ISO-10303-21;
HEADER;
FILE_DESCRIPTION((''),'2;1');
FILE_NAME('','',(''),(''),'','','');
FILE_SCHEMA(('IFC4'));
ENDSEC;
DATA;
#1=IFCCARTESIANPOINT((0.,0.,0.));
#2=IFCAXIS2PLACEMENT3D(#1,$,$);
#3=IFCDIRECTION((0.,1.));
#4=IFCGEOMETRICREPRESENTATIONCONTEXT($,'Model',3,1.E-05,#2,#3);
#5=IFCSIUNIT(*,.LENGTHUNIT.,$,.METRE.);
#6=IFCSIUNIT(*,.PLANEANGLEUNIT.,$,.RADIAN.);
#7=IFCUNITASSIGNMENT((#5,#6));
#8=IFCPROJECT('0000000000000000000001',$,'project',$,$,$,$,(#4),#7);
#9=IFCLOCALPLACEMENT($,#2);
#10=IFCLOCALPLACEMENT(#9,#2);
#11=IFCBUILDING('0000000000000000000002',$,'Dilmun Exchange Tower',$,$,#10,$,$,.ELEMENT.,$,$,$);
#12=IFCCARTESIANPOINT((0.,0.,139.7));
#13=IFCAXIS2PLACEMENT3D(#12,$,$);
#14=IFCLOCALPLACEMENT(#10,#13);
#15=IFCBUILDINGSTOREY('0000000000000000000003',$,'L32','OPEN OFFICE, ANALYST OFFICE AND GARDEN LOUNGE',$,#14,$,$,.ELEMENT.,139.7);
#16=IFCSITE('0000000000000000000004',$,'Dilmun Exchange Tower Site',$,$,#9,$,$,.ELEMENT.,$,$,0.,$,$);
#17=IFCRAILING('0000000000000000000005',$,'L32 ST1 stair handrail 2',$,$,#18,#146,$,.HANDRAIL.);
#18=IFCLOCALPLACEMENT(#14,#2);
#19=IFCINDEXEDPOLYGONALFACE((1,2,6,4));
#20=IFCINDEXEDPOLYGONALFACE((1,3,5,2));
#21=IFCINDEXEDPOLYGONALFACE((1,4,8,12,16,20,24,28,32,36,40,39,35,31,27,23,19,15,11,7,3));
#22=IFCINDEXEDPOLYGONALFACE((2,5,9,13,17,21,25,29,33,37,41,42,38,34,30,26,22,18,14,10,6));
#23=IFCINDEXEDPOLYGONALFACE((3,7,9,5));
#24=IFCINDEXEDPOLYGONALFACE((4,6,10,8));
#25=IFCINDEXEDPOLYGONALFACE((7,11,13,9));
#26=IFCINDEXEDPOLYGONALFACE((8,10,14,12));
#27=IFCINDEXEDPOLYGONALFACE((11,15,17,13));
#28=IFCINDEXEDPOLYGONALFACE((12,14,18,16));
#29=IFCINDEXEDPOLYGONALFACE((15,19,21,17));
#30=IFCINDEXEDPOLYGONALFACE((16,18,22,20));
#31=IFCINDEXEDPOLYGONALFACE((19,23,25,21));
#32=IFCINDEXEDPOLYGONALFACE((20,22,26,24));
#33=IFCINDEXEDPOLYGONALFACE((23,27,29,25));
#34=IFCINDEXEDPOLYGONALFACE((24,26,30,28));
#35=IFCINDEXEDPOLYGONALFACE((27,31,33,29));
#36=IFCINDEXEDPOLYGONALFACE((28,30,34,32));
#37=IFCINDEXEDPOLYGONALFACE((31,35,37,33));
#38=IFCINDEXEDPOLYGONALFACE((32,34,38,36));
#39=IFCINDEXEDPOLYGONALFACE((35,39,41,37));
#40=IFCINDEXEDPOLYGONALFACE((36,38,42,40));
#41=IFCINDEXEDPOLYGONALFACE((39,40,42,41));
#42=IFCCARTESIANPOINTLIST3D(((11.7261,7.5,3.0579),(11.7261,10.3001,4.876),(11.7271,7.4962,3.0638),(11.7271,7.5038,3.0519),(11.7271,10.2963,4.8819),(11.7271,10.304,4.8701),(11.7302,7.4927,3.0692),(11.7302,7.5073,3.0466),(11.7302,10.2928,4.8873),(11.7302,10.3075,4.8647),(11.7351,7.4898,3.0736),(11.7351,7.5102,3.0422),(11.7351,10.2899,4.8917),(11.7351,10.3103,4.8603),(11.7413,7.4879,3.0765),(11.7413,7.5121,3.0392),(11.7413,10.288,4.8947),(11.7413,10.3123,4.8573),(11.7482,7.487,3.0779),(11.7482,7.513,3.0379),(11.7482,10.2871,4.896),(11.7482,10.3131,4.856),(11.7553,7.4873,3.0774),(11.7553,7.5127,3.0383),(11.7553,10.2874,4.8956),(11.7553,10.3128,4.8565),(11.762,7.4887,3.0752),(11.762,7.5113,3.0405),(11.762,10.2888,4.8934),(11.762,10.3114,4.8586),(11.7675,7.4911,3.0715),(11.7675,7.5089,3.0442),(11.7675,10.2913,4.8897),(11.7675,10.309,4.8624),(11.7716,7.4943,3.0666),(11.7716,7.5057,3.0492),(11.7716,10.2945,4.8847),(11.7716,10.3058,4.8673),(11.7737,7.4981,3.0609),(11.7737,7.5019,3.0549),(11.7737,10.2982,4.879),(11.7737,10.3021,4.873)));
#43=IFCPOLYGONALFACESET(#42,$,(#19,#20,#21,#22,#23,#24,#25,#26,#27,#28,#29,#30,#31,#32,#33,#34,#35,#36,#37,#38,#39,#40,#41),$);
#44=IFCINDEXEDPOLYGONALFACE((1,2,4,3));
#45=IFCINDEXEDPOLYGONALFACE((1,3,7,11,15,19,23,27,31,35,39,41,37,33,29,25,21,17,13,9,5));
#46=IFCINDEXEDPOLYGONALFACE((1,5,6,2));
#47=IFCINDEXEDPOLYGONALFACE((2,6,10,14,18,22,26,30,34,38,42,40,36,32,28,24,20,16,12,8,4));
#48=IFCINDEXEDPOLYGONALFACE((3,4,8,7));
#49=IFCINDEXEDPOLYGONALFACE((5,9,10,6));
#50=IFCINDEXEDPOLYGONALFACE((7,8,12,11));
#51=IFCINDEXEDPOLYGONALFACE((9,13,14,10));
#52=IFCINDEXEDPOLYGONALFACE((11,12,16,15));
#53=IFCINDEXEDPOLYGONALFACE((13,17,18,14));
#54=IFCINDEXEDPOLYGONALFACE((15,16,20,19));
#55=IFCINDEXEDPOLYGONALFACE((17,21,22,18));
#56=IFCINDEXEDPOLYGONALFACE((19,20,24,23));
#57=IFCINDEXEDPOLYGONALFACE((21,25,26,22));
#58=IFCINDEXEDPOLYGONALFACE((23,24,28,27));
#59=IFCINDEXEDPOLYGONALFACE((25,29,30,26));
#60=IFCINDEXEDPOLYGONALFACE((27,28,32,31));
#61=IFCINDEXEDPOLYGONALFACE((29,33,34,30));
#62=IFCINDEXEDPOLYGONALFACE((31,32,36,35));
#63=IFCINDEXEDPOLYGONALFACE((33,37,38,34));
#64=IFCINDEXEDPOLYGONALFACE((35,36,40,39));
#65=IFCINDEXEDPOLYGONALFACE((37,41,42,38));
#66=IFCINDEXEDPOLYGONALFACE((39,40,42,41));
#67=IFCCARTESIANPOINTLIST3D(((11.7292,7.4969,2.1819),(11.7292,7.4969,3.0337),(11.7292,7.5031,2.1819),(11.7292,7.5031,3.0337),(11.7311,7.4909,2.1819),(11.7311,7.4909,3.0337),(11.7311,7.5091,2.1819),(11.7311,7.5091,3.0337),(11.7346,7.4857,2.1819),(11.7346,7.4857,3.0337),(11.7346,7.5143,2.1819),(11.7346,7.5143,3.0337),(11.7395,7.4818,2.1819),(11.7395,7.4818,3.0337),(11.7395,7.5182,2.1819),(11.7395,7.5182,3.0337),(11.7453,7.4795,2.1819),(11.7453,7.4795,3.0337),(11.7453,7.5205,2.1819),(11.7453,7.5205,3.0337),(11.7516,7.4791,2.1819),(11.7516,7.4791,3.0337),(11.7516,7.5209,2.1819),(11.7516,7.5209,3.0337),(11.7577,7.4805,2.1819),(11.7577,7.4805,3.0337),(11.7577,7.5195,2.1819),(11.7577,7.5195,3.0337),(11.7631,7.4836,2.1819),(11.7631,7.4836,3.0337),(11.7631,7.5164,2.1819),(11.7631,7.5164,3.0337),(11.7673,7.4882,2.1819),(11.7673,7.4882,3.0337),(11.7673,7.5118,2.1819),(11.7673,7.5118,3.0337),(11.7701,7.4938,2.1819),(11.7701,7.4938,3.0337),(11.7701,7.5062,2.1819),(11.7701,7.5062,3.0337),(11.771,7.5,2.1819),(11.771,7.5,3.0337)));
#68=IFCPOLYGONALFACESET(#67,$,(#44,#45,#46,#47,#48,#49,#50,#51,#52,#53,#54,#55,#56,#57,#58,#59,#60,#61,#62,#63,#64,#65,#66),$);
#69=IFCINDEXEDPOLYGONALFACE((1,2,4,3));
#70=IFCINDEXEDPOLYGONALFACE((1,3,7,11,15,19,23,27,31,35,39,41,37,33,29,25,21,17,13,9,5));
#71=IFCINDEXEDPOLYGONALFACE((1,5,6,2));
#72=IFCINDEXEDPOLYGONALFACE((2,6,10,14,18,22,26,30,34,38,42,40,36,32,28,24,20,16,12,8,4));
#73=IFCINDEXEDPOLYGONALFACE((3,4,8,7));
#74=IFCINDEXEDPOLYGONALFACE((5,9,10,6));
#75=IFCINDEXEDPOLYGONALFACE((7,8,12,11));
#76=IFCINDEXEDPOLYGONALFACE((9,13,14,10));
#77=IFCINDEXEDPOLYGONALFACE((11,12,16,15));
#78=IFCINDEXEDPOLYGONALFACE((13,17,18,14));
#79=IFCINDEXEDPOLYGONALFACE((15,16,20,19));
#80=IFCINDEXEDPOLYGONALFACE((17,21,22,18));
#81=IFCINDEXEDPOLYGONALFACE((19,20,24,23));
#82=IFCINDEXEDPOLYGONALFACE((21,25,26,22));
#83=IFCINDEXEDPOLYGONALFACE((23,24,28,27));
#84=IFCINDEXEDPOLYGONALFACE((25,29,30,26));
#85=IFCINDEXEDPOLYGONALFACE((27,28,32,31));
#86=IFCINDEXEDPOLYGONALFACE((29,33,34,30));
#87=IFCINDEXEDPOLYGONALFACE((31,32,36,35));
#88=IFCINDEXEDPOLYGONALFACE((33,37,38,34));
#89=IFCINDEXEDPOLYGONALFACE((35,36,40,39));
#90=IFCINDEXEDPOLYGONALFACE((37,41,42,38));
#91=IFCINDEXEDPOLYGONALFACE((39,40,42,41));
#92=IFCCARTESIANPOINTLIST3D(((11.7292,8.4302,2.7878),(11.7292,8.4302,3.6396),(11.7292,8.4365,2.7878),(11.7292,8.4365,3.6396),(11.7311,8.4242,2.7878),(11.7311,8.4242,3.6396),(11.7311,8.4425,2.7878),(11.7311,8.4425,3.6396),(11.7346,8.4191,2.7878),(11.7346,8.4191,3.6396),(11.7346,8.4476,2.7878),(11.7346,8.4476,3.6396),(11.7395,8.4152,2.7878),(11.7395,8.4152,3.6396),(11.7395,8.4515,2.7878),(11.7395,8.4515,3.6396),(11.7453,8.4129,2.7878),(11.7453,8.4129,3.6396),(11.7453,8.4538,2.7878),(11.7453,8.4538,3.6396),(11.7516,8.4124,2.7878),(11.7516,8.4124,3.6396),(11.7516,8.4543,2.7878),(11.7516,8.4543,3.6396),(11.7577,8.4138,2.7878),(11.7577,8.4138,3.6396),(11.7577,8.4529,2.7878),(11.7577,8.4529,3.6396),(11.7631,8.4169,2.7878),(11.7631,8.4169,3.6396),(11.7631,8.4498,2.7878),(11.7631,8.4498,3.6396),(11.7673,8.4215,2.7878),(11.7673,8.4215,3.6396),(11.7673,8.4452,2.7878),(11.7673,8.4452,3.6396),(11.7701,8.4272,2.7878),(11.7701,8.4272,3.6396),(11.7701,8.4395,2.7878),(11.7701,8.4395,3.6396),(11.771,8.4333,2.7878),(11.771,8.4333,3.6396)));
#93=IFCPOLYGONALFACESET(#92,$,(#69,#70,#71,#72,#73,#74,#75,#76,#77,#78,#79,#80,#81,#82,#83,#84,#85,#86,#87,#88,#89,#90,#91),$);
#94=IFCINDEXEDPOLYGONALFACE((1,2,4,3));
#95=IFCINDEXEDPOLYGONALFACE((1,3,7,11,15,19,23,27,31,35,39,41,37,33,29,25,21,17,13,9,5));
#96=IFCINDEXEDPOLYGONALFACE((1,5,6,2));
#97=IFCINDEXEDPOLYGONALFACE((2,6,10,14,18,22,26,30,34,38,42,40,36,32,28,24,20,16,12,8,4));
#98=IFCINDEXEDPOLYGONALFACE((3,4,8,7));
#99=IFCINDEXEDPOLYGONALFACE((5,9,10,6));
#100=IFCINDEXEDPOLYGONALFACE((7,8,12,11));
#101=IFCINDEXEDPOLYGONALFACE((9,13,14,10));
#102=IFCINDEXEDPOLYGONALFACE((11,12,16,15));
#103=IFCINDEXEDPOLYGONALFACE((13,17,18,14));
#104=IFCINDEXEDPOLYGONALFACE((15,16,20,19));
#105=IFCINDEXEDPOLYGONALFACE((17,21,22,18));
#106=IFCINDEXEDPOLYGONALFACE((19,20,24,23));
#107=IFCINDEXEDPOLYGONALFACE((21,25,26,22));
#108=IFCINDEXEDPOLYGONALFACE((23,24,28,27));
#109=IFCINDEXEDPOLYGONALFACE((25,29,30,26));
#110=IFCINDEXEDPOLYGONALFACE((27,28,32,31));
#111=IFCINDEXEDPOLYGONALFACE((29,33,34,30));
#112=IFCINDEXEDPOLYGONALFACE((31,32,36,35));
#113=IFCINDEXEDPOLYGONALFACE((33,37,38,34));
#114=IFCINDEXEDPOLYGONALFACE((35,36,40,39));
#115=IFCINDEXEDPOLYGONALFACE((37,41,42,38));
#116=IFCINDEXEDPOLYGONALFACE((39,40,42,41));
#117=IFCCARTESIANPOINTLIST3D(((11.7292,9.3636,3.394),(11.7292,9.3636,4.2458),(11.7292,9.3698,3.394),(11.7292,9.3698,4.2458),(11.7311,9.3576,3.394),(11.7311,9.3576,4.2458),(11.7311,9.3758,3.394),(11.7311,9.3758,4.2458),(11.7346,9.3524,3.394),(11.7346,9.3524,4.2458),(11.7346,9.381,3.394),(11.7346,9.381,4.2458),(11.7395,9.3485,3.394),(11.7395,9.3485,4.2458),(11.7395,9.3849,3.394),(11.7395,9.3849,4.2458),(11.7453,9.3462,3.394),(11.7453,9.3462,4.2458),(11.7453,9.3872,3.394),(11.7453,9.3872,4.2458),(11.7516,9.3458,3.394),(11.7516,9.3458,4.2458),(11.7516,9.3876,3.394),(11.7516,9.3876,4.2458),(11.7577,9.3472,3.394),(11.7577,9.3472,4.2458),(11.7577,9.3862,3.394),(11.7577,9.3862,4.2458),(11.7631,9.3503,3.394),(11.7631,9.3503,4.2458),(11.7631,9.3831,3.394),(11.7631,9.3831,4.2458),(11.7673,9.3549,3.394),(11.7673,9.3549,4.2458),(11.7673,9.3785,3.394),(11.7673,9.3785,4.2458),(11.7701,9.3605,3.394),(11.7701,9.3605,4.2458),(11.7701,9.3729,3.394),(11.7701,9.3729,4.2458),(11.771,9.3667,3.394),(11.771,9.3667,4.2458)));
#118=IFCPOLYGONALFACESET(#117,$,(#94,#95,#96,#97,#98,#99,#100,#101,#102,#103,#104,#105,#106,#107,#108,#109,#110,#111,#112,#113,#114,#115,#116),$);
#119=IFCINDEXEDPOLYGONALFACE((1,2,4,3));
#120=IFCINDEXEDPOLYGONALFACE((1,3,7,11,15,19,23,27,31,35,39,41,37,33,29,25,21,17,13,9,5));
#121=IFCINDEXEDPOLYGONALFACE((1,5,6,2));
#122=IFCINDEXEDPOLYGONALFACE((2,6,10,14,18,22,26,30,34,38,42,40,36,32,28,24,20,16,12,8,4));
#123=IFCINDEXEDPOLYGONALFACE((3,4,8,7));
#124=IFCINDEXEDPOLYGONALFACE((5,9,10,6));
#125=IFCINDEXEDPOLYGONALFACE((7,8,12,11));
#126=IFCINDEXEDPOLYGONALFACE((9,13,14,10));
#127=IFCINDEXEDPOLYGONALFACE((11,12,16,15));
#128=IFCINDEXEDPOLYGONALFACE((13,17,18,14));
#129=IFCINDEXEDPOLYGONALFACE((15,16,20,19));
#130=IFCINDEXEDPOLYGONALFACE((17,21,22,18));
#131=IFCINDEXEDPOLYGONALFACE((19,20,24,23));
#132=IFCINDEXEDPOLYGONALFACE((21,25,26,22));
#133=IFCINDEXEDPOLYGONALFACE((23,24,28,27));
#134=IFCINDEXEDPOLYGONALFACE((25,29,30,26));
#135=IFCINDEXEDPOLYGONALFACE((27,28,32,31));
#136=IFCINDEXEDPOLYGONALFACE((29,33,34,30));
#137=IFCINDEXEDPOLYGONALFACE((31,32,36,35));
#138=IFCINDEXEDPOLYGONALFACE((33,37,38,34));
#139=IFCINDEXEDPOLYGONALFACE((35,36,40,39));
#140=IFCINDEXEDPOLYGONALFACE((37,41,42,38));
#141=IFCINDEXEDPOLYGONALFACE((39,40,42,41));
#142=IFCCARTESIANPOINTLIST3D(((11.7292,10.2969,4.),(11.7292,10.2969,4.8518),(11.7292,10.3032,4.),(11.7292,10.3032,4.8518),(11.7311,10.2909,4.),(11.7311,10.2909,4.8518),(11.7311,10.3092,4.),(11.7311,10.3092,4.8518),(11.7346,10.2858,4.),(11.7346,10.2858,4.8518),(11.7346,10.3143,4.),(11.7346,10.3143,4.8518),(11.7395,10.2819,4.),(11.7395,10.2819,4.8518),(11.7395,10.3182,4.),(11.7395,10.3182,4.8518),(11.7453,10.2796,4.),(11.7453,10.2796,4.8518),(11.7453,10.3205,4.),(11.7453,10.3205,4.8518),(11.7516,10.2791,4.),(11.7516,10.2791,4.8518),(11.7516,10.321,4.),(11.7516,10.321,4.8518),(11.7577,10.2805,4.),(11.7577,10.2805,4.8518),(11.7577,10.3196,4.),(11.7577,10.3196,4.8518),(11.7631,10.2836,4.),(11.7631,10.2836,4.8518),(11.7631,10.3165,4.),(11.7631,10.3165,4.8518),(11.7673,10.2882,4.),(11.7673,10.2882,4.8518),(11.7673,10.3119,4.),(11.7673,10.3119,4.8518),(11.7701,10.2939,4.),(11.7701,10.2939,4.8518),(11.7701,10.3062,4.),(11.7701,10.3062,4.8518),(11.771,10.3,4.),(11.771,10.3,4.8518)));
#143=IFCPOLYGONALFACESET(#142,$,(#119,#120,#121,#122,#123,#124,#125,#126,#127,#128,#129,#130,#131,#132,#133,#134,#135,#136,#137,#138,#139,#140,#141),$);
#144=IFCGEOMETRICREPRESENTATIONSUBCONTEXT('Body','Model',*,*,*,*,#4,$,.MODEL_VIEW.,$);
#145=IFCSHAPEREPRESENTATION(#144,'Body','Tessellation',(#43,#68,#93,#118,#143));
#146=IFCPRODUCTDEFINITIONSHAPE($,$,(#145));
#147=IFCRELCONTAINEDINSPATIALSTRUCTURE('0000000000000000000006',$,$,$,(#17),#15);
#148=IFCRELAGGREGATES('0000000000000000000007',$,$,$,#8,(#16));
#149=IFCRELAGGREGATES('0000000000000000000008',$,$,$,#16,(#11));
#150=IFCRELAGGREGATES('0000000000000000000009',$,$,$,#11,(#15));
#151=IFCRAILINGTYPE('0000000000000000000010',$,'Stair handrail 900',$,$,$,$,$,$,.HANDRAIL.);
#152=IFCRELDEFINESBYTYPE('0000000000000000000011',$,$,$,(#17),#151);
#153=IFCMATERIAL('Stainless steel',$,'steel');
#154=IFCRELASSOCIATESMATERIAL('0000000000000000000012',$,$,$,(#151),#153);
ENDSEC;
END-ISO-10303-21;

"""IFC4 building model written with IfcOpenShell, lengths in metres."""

from ifc_helpers import new_model, si_unit, direction, frame, origin, origin_2d, place, context, subcontext, project, spatial, circle, extrude, material, type_object, element, save


model = new_model("IFC4")

# Units and contexts
model_context = context("Model", 3, precision=1e-05, world=origin(), true_north=direction((0.0, 1.0)))
body_context = subcontext(model_context, "Body", "Model", "MODEL_VIEW")
ifc_project = project(units=[si_unit("LENGTHUNIT", "METRE"), si_unit("PLANEANGLEUNIT", "RADIAN")], contexts=[model_context])

# Site, building, storey
site_placement = place(None, origin())
site = spatial("IfcSite", under=ifc_project, at=site_placement, Name="Dilmun Exchange Tower Site", CompositionType="ELEMENT", RefElevation=0.0)
building_placement = place(site_placement, origin())
building = spatial("IfcBuilding", under=site, at=building_placement, Name="Dilmun Exchange Tower", CompositionType="ELEMENT")
storey_placement = place(building_placement, frame((0.0, 0.0, 139.7)))
storey = spatial("IfcBuildingStorey", under=building, at=storey_placement, Name="L32", Description="OPEN OFFICE, ANALYST OFFICE AND GARDEN LOUNGE", CompositionType="ELEMENT", Elevation=139.7)

# Railing
ifc_material_1 = material(Name="Stainless steel", Category="steel")
railing_type = type_object("IfcRailingType", Name="Stair handrail 900", PredefinedType="HANDRAIL", material=ifc_material_1)
railing_1_placement = place(storey_placement, frame((11.75, 7.5, 2.1819)))
element("IfcRailing", 1, at=railing_1_placement, inside=storey, type_object=railing_type, Name="L32 ST1 stair handrail 2", PredefinedType="HANDRAIL", context=body_context, shape_type="SweptSolid", body=[
    extrude(circle(Radius=0.0239, at=origin_2d()), frame((0.0, 0.0, 0.876), z_axis=(0.0, 0.838706, 0.544585), x_axis=(-1.0, 0.0, 0.0)), (0.0, 0.0, 1.0), 3.3386),
    extrude(circle(Radius=0.021, at=origin_2d()), origin(), (0.0, 0.0, 1.0), 0.8518),
    extrude(circle(Radius=0.021, at=origin_2d()), frame((0.0, 0.9333, 0.606)), (0.0, 0.0, 1.0), 0.8518),
    extrude(circle(Radius=0.021, at=origin_2d()), frame((0.0, 1.8667, 1.2122)), (0.0, 0.0, 1.0), 0.8518),
    extrude(circle(Radius=0.021, at=origin_2d()), frame((0.0, 2.8, 1.8181)), (0.0, 0.0, 1.0), 0.8518),
])

save(model, "model.ifc")
